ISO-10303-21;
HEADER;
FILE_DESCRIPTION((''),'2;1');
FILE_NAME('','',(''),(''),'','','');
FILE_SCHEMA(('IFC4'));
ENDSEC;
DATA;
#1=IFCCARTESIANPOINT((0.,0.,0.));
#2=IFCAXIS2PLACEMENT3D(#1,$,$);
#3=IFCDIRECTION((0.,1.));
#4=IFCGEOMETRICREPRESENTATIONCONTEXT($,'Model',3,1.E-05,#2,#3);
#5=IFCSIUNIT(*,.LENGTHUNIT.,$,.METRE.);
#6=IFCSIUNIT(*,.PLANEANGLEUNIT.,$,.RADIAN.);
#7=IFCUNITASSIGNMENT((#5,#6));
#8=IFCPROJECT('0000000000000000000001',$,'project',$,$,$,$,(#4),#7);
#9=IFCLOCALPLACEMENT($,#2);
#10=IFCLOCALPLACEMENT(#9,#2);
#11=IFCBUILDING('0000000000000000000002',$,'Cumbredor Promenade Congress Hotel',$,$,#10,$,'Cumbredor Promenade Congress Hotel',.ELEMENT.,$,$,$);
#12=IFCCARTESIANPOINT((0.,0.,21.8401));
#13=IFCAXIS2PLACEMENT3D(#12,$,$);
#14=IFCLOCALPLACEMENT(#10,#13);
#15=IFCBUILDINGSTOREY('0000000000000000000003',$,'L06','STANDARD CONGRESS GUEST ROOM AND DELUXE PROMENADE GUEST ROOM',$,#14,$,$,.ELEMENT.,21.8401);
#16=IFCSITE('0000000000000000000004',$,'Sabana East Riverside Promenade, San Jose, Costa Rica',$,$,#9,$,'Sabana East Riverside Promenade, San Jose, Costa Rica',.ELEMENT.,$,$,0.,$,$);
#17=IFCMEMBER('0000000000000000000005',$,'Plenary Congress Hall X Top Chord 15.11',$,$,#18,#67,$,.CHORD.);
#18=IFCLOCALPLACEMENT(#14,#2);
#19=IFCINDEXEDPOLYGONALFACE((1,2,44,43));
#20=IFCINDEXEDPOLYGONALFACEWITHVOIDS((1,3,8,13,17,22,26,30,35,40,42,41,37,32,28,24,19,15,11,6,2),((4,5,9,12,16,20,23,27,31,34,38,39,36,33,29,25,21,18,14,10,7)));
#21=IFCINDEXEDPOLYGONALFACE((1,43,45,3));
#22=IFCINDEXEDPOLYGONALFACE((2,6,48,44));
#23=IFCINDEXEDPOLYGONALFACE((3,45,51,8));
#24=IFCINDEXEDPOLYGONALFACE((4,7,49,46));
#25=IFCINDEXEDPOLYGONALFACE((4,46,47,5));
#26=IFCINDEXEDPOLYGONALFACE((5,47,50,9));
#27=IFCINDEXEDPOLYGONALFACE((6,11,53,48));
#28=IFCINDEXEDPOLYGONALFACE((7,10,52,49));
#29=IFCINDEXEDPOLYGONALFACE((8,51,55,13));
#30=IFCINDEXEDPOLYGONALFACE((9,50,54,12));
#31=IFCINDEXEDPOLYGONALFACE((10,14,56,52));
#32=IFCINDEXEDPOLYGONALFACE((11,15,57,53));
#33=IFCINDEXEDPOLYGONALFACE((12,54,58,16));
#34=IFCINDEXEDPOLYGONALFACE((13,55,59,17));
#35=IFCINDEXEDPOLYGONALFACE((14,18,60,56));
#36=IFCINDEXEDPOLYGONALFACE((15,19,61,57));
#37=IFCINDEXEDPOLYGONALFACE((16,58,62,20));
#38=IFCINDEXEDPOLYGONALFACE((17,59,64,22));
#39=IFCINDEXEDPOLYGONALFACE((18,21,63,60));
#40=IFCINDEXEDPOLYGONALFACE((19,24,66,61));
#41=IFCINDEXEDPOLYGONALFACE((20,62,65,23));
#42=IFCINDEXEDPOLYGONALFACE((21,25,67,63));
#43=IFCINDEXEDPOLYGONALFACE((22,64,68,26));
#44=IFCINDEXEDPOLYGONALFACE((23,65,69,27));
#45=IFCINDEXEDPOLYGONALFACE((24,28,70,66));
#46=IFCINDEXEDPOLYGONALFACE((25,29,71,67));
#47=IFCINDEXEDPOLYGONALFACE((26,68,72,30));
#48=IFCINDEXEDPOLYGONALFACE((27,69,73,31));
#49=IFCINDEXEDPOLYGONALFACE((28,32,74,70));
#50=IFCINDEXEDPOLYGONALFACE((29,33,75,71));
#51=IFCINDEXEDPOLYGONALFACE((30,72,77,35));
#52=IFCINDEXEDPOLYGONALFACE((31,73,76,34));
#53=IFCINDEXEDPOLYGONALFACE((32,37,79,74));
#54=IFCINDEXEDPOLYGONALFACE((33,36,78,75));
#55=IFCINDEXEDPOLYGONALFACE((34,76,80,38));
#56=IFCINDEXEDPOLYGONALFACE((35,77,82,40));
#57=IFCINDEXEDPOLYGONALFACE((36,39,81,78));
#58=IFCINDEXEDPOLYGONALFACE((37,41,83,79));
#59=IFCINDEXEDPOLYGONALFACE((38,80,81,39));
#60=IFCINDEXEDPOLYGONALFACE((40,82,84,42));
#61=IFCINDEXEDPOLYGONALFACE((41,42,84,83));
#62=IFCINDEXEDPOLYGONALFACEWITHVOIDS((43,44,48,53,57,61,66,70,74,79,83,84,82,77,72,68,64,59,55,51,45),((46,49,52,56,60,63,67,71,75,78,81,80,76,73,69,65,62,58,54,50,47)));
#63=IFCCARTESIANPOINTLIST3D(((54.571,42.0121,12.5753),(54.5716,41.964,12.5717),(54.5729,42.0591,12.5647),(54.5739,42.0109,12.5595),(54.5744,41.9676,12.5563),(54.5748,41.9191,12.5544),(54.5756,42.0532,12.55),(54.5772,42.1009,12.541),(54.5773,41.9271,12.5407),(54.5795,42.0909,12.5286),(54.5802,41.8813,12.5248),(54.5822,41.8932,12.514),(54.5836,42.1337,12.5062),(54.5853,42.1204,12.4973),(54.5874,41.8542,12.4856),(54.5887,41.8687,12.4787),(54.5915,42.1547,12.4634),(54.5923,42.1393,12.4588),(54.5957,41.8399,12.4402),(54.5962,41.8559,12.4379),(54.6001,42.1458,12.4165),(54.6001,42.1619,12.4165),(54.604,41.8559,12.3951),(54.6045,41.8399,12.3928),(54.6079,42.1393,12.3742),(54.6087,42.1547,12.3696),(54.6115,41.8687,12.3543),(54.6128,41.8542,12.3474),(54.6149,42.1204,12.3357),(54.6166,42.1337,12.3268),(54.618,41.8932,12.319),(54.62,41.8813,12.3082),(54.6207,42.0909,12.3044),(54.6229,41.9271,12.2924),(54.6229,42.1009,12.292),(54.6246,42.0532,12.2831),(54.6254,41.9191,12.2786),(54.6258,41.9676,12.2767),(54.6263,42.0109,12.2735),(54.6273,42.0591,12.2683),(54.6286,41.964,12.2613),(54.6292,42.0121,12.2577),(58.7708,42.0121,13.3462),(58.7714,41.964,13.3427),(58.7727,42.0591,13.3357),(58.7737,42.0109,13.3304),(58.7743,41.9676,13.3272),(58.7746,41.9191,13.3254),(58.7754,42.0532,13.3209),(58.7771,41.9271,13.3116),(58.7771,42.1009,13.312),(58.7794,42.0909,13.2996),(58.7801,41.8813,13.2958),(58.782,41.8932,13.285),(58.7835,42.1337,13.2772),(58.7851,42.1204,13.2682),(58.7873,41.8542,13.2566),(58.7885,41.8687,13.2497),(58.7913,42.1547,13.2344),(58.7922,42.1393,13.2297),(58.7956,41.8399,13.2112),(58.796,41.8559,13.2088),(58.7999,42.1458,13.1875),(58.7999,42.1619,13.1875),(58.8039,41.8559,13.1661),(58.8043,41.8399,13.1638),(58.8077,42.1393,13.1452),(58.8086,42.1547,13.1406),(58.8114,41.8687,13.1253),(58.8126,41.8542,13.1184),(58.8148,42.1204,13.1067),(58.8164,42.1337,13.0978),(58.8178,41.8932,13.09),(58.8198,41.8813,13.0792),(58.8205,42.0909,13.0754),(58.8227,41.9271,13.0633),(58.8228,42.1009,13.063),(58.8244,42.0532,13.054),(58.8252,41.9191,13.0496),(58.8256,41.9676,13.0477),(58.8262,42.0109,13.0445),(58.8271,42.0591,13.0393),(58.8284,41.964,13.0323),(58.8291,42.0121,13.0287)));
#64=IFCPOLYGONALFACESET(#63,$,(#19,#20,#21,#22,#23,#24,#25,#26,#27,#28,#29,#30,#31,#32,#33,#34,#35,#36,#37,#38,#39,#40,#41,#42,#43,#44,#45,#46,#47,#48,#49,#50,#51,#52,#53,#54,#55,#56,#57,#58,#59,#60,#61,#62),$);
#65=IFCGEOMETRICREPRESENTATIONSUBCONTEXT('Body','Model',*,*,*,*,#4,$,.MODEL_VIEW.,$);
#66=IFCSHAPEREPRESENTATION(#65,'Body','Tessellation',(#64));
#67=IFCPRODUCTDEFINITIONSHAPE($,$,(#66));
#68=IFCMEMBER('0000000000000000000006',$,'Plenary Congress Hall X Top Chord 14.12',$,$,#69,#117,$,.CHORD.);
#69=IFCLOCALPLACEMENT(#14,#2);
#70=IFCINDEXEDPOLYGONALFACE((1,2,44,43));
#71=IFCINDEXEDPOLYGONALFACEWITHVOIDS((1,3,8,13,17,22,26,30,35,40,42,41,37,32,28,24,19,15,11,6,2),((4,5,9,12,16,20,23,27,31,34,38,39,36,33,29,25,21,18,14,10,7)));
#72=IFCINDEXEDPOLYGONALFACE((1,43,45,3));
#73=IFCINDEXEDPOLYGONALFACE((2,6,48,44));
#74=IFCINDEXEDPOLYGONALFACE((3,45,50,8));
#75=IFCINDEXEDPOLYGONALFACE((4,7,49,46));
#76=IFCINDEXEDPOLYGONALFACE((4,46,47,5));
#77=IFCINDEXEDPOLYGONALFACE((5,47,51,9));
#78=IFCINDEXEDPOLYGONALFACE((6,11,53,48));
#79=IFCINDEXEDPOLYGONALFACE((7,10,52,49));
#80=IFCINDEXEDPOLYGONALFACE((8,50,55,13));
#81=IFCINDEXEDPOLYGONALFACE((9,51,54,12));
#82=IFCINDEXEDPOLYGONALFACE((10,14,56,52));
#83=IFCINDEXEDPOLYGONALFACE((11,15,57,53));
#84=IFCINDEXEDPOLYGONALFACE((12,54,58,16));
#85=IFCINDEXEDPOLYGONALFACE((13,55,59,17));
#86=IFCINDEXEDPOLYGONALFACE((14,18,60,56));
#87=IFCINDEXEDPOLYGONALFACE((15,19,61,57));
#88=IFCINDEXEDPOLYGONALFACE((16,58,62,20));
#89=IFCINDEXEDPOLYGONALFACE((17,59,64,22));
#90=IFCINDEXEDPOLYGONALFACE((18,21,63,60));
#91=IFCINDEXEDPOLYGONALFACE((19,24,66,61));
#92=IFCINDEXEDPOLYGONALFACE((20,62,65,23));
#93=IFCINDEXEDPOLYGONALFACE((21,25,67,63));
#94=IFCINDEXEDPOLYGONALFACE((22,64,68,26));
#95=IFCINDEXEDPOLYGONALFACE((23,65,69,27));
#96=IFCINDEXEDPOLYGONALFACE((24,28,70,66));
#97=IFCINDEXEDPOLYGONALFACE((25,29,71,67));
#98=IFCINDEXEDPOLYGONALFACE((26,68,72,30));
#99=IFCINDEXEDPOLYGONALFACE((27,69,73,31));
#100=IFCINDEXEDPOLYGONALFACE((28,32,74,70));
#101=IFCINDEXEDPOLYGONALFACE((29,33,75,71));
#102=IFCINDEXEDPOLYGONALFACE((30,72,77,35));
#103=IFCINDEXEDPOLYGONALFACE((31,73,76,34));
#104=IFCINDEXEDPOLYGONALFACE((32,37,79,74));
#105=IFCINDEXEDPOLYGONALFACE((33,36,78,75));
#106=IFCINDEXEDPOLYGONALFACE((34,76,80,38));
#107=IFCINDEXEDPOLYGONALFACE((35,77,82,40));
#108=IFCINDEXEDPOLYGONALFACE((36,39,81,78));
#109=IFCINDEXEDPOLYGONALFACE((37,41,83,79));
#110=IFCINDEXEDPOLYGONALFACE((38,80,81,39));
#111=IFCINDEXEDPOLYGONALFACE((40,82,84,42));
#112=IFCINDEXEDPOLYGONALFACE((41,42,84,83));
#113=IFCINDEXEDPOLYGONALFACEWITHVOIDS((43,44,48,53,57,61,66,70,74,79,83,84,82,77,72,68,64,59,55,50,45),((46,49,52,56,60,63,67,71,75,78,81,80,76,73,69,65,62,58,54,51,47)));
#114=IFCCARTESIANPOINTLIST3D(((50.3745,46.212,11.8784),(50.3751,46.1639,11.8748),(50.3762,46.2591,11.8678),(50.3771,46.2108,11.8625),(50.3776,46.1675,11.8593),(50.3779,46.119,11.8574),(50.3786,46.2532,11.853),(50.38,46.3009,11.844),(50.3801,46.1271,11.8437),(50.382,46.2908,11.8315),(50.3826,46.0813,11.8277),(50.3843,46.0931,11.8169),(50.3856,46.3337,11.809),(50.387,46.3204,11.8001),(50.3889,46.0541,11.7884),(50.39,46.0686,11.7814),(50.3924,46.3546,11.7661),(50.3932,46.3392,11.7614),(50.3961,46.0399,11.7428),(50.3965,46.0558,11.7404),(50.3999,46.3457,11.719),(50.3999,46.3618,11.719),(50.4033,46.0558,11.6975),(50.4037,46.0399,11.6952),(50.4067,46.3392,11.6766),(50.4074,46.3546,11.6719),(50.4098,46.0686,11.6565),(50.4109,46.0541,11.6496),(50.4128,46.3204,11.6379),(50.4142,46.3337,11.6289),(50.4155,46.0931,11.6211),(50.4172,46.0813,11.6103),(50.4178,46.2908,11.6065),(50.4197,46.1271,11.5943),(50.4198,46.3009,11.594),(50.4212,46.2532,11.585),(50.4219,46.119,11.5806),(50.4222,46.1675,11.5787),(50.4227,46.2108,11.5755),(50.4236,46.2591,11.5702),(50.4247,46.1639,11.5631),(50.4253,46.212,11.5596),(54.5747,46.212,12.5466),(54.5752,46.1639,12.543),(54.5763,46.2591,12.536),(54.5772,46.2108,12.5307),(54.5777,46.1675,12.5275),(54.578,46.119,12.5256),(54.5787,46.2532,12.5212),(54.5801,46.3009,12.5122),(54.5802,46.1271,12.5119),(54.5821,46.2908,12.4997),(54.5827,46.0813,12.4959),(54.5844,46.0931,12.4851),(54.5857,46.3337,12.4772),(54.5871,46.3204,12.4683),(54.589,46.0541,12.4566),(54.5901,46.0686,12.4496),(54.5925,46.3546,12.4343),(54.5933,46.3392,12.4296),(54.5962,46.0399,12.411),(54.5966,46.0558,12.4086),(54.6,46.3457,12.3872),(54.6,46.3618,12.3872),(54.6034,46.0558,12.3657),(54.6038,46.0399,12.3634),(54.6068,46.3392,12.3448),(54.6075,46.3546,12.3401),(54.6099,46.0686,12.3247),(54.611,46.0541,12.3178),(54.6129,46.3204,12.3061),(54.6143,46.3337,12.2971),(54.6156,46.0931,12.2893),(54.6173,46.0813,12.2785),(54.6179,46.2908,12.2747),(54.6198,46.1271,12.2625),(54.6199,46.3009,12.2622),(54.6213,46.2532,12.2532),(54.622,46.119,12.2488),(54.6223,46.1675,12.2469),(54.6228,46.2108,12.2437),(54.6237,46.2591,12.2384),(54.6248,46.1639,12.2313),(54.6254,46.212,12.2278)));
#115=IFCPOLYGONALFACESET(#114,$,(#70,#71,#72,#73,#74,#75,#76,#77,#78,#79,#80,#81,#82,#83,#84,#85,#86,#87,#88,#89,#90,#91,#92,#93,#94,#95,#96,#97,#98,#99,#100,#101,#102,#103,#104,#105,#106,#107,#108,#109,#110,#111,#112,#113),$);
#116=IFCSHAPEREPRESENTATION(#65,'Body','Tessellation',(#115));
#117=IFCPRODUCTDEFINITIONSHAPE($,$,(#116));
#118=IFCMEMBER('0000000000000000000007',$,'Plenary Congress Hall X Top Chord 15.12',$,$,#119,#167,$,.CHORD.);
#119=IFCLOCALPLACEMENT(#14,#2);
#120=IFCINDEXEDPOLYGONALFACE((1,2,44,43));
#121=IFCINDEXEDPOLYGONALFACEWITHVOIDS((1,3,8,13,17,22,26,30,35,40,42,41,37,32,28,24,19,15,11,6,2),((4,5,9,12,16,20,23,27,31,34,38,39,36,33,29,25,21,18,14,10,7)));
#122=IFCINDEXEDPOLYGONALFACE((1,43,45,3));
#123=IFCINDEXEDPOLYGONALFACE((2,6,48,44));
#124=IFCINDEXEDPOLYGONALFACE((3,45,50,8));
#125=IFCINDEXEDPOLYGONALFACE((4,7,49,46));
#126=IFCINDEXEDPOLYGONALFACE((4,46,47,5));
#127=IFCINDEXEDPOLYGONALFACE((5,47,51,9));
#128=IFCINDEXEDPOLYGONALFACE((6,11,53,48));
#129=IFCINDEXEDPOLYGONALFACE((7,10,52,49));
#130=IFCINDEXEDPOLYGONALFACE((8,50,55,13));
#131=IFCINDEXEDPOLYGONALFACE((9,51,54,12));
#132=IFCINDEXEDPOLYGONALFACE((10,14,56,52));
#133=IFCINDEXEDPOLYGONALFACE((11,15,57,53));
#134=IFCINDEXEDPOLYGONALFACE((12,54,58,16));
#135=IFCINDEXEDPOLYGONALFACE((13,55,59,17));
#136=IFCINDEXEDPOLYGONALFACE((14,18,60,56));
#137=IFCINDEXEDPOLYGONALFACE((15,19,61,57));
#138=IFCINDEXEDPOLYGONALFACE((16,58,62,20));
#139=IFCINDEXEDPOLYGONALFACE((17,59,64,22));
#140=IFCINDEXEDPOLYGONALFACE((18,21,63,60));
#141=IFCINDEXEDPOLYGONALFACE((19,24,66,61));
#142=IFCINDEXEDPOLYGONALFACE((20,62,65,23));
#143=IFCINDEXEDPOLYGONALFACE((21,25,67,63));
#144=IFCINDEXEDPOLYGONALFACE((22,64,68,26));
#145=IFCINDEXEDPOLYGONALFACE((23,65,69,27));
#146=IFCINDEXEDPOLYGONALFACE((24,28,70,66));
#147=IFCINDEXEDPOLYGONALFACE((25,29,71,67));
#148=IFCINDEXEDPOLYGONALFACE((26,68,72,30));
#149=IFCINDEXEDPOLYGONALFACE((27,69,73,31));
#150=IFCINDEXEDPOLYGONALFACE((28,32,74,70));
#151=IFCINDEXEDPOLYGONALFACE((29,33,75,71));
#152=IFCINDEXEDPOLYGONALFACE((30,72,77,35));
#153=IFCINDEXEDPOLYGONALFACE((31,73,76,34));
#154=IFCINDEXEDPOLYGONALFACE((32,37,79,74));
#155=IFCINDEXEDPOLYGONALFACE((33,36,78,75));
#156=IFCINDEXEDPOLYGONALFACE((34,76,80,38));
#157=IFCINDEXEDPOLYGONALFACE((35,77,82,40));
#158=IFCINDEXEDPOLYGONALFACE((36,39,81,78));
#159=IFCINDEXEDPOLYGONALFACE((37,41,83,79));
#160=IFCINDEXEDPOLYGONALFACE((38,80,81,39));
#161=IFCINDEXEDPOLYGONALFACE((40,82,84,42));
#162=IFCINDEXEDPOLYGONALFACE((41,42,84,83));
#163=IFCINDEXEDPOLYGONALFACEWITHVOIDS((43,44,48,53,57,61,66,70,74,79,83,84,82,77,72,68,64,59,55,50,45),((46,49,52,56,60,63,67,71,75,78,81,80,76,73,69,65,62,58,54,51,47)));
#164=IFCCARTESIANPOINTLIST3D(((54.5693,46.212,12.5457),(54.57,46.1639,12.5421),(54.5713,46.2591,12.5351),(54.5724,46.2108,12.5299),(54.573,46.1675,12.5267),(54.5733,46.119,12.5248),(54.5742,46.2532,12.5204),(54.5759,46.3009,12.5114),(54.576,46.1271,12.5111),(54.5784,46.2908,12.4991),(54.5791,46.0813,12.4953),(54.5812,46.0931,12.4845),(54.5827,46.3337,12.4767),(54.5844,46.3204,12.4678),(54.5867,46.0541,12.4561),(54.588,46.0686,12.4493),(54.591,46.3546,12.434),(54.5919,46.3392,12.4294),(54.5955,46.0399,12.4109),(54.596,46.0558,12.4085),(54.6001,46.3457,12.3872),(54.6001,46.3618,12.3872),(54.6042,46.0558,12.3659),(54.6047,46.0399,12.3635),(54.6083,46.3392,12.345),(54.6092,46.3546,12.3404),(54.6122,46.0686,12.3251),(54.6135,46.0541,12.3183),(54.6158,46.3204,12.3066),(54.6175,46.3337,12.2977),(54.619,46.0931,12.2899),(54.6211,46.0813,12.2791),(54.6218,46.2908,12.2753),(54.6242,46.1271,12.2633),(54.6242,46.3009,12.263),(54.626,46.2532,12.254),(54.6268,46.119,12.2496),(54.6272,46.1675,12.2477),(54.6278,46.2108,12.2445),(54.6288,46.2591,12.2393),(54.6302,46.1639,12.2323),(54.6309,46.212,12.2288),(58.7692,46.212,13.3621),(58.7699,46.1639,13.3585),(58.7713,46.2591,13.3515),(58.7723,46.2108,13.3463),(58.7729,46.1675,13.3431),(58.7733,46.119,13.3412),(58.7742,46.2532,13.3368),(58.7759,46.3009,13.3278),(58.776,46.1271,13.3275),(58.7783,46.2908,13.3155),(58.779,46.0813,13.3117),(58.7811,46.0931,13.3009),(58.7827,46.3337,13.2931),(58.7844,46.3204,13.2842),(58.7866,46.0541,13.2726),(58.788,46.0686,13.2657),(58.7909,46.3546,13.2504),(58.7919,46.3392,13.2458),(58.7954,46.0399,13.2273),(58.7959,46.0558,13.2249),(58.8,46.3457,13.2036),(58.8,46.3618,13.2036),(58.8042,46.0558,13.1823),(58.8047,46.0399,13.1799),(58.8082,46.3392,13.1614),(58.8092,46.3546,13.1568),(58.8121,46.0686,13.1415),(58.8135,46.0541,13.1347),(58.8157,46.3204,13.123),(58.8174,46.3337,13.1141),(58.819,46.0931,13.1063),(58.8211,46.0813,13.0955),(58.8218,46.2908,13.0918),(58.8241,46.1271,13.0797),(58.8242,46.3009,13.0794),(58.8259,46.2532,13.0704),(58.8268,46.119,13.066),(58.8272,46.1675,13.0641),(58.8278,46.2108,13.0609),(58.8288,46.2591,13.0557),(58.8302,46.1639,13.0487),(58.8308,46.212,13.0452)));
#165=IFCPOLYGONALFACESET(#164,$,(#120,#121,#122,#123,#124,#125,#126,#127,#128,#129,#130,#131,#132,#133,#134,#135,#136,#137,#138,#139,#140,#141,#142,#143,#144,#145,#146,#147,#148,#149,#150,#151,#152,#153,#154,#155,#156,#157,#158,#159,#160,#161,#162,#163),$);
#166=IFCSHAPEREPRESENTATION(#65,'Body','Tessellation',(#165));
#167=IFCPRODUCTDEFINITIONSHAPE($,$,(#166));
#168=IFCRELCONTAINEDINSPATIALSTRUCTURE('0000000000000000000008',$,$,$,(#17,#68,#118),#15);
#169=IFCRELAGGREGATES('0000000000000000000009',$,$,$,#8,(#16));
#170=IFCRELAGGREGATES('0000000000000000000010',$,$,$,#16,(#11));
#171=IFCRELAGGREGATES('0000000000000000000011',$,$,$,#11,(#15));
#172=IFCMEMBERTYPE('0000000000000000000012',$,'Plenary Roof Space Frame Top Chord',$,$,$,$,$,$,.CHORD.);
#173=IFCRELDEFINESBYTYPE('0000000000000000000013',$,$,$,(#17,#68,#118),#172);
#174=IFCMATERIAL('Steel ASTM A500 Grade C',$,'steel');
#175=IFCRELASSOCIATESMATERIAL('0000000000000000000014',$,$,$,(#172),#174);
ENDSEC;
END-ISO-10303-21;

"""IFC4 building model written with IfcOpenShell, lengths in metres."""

from ifc_helpers import new_model, si_unit, direction, frame, origin, origin_2d, place, context, subcontext, project, spatial, hollow_circle, extrude, material, material_profile, profile_set, type_object, element, save


model = new_model("IFC4")

# Units and contexts
model_context = context("Model", 3, precision=1e-05, world=origin(), true_north=direction((0.0, 1.0)))
body_context = subcontext(model_context, "Body", "Model", "MODEL_VIEW")
ifc_project = project(units=[si_unit("LENGTHUNIT", "METRE"), si_unit("PLANEANGLEUNIT", "RADIAN")], contexts=[model_context])

# Site, building, storey
site_placement = place(None, origin())
site = spatial("IfcSite", under=ifc_project, at=site_placement, Name="Sabana East Riverside Promenade, San Jose, Costa Rica", LongName="Sabana East Riverside Promenade, San Jose, Costa Rica", CompositionType="ELEMENT", RefElevation=0.0)
building_placement = place(site_placement, origin())
building = spatial("IfcBuilding", under=site, at=building_placement, Name="Cumbredor Promenade Congress Hotel", LongName="Cumbredor Promenade Congress Hotel", CompositionType="ELEMENT")
storey_placement = place(building_placement, frame((0.0, 0.0, 21.8401)))
storey = spatial("IfcBuildingStorey", under=building, at=storey_placement, Name="L06", Description="STANDARD CONGRESS GUEST ROOM AND DELUXE PROMENADE GUEST ROOM", CompositionType="ELEMENT", Elevation=21.8401)

# Members
ifc_material_1 = material(Name="Steel ASTM A500 Grade C", Category="steel")
ifc_material_profile_1 = material_profile(ifc_material_1, hollow_circle(Radius=0.1619, WallThickness=0.0161, at=origin_2d()), Name="CHS 323.9x16")
ifc_profile_set_1 = profile_set([ifc_material_profile_1], Name="Steel ASTM A500 Grade C")
member_type_1 = type_object("IfcMemberType", Name="Plenary Roof Space Frame Top Chord", PredefinedType="CHORD", material=ifc_profile_set_1)
member_1_placement = place(storey_placement, frame((54.6001, 42.0, 12.4165), z_axis=(0.983565, 0.0, 0.180556), x_axis=(0.0, 1.0, 0.0)))
element("IfcMember", 1, at=member_1_placement, inside=storey, type_object=member_type_1, Name="Plenary Congress Hall X Top Chord 15.11", PredefinedType="CHORD", context=body_context, shape_type="SweptSolid", body=[
    extrude(hollow_circle(Radius=0.1619, WallThickness=0.0161, at=origin_2d()), origin(), (0.0, 0.0, 1.0), 4.27),
])
member_2_placement = place(storey_placement, frame((50.3999, 46.2, 11.719), z_axis=(0.98758, 0.0, 0.157115), x_axis=(0.0, 1.0, 0.0)))
element("IfcMember", 2, at=member_2_placement, inside=storey, type_object=member_type_1, Name="Plenary Congress Hall X Top Chord 14.12", PredefinedType="CHORD", context=body_context, shape_type="SweptSolid", body=[
    extrude(hollow_circle(Radius=0.1619, WallThickness=0.0161, at=origin_2d()), origin(), (0.0, 0.0, 1.0), 4.2529),
])
member_3_placement = place(storey_placement, frame((54.6001, 46.2, 12.3872), z_axis=(0.981626, 0.0, 0.190813), x_axis=(0.0, 1.0, 0.0)))
element("IfcMember", 3, at=member_3_placement, inside=storey, type_object=member_type_1, Name="Plenary Congress Hall X Top Chord 15.12", PredefinedType="CHORD", context=body_context, shape_type="SweptSolid", body=[
    extrude(hollow_circle(Radius=0.1619, WallThickness=0.0161, at=origin_2d()), origin(), (0.0, 0.0, 1.0), 4.2786),
])

save(model, "model.ifc")
